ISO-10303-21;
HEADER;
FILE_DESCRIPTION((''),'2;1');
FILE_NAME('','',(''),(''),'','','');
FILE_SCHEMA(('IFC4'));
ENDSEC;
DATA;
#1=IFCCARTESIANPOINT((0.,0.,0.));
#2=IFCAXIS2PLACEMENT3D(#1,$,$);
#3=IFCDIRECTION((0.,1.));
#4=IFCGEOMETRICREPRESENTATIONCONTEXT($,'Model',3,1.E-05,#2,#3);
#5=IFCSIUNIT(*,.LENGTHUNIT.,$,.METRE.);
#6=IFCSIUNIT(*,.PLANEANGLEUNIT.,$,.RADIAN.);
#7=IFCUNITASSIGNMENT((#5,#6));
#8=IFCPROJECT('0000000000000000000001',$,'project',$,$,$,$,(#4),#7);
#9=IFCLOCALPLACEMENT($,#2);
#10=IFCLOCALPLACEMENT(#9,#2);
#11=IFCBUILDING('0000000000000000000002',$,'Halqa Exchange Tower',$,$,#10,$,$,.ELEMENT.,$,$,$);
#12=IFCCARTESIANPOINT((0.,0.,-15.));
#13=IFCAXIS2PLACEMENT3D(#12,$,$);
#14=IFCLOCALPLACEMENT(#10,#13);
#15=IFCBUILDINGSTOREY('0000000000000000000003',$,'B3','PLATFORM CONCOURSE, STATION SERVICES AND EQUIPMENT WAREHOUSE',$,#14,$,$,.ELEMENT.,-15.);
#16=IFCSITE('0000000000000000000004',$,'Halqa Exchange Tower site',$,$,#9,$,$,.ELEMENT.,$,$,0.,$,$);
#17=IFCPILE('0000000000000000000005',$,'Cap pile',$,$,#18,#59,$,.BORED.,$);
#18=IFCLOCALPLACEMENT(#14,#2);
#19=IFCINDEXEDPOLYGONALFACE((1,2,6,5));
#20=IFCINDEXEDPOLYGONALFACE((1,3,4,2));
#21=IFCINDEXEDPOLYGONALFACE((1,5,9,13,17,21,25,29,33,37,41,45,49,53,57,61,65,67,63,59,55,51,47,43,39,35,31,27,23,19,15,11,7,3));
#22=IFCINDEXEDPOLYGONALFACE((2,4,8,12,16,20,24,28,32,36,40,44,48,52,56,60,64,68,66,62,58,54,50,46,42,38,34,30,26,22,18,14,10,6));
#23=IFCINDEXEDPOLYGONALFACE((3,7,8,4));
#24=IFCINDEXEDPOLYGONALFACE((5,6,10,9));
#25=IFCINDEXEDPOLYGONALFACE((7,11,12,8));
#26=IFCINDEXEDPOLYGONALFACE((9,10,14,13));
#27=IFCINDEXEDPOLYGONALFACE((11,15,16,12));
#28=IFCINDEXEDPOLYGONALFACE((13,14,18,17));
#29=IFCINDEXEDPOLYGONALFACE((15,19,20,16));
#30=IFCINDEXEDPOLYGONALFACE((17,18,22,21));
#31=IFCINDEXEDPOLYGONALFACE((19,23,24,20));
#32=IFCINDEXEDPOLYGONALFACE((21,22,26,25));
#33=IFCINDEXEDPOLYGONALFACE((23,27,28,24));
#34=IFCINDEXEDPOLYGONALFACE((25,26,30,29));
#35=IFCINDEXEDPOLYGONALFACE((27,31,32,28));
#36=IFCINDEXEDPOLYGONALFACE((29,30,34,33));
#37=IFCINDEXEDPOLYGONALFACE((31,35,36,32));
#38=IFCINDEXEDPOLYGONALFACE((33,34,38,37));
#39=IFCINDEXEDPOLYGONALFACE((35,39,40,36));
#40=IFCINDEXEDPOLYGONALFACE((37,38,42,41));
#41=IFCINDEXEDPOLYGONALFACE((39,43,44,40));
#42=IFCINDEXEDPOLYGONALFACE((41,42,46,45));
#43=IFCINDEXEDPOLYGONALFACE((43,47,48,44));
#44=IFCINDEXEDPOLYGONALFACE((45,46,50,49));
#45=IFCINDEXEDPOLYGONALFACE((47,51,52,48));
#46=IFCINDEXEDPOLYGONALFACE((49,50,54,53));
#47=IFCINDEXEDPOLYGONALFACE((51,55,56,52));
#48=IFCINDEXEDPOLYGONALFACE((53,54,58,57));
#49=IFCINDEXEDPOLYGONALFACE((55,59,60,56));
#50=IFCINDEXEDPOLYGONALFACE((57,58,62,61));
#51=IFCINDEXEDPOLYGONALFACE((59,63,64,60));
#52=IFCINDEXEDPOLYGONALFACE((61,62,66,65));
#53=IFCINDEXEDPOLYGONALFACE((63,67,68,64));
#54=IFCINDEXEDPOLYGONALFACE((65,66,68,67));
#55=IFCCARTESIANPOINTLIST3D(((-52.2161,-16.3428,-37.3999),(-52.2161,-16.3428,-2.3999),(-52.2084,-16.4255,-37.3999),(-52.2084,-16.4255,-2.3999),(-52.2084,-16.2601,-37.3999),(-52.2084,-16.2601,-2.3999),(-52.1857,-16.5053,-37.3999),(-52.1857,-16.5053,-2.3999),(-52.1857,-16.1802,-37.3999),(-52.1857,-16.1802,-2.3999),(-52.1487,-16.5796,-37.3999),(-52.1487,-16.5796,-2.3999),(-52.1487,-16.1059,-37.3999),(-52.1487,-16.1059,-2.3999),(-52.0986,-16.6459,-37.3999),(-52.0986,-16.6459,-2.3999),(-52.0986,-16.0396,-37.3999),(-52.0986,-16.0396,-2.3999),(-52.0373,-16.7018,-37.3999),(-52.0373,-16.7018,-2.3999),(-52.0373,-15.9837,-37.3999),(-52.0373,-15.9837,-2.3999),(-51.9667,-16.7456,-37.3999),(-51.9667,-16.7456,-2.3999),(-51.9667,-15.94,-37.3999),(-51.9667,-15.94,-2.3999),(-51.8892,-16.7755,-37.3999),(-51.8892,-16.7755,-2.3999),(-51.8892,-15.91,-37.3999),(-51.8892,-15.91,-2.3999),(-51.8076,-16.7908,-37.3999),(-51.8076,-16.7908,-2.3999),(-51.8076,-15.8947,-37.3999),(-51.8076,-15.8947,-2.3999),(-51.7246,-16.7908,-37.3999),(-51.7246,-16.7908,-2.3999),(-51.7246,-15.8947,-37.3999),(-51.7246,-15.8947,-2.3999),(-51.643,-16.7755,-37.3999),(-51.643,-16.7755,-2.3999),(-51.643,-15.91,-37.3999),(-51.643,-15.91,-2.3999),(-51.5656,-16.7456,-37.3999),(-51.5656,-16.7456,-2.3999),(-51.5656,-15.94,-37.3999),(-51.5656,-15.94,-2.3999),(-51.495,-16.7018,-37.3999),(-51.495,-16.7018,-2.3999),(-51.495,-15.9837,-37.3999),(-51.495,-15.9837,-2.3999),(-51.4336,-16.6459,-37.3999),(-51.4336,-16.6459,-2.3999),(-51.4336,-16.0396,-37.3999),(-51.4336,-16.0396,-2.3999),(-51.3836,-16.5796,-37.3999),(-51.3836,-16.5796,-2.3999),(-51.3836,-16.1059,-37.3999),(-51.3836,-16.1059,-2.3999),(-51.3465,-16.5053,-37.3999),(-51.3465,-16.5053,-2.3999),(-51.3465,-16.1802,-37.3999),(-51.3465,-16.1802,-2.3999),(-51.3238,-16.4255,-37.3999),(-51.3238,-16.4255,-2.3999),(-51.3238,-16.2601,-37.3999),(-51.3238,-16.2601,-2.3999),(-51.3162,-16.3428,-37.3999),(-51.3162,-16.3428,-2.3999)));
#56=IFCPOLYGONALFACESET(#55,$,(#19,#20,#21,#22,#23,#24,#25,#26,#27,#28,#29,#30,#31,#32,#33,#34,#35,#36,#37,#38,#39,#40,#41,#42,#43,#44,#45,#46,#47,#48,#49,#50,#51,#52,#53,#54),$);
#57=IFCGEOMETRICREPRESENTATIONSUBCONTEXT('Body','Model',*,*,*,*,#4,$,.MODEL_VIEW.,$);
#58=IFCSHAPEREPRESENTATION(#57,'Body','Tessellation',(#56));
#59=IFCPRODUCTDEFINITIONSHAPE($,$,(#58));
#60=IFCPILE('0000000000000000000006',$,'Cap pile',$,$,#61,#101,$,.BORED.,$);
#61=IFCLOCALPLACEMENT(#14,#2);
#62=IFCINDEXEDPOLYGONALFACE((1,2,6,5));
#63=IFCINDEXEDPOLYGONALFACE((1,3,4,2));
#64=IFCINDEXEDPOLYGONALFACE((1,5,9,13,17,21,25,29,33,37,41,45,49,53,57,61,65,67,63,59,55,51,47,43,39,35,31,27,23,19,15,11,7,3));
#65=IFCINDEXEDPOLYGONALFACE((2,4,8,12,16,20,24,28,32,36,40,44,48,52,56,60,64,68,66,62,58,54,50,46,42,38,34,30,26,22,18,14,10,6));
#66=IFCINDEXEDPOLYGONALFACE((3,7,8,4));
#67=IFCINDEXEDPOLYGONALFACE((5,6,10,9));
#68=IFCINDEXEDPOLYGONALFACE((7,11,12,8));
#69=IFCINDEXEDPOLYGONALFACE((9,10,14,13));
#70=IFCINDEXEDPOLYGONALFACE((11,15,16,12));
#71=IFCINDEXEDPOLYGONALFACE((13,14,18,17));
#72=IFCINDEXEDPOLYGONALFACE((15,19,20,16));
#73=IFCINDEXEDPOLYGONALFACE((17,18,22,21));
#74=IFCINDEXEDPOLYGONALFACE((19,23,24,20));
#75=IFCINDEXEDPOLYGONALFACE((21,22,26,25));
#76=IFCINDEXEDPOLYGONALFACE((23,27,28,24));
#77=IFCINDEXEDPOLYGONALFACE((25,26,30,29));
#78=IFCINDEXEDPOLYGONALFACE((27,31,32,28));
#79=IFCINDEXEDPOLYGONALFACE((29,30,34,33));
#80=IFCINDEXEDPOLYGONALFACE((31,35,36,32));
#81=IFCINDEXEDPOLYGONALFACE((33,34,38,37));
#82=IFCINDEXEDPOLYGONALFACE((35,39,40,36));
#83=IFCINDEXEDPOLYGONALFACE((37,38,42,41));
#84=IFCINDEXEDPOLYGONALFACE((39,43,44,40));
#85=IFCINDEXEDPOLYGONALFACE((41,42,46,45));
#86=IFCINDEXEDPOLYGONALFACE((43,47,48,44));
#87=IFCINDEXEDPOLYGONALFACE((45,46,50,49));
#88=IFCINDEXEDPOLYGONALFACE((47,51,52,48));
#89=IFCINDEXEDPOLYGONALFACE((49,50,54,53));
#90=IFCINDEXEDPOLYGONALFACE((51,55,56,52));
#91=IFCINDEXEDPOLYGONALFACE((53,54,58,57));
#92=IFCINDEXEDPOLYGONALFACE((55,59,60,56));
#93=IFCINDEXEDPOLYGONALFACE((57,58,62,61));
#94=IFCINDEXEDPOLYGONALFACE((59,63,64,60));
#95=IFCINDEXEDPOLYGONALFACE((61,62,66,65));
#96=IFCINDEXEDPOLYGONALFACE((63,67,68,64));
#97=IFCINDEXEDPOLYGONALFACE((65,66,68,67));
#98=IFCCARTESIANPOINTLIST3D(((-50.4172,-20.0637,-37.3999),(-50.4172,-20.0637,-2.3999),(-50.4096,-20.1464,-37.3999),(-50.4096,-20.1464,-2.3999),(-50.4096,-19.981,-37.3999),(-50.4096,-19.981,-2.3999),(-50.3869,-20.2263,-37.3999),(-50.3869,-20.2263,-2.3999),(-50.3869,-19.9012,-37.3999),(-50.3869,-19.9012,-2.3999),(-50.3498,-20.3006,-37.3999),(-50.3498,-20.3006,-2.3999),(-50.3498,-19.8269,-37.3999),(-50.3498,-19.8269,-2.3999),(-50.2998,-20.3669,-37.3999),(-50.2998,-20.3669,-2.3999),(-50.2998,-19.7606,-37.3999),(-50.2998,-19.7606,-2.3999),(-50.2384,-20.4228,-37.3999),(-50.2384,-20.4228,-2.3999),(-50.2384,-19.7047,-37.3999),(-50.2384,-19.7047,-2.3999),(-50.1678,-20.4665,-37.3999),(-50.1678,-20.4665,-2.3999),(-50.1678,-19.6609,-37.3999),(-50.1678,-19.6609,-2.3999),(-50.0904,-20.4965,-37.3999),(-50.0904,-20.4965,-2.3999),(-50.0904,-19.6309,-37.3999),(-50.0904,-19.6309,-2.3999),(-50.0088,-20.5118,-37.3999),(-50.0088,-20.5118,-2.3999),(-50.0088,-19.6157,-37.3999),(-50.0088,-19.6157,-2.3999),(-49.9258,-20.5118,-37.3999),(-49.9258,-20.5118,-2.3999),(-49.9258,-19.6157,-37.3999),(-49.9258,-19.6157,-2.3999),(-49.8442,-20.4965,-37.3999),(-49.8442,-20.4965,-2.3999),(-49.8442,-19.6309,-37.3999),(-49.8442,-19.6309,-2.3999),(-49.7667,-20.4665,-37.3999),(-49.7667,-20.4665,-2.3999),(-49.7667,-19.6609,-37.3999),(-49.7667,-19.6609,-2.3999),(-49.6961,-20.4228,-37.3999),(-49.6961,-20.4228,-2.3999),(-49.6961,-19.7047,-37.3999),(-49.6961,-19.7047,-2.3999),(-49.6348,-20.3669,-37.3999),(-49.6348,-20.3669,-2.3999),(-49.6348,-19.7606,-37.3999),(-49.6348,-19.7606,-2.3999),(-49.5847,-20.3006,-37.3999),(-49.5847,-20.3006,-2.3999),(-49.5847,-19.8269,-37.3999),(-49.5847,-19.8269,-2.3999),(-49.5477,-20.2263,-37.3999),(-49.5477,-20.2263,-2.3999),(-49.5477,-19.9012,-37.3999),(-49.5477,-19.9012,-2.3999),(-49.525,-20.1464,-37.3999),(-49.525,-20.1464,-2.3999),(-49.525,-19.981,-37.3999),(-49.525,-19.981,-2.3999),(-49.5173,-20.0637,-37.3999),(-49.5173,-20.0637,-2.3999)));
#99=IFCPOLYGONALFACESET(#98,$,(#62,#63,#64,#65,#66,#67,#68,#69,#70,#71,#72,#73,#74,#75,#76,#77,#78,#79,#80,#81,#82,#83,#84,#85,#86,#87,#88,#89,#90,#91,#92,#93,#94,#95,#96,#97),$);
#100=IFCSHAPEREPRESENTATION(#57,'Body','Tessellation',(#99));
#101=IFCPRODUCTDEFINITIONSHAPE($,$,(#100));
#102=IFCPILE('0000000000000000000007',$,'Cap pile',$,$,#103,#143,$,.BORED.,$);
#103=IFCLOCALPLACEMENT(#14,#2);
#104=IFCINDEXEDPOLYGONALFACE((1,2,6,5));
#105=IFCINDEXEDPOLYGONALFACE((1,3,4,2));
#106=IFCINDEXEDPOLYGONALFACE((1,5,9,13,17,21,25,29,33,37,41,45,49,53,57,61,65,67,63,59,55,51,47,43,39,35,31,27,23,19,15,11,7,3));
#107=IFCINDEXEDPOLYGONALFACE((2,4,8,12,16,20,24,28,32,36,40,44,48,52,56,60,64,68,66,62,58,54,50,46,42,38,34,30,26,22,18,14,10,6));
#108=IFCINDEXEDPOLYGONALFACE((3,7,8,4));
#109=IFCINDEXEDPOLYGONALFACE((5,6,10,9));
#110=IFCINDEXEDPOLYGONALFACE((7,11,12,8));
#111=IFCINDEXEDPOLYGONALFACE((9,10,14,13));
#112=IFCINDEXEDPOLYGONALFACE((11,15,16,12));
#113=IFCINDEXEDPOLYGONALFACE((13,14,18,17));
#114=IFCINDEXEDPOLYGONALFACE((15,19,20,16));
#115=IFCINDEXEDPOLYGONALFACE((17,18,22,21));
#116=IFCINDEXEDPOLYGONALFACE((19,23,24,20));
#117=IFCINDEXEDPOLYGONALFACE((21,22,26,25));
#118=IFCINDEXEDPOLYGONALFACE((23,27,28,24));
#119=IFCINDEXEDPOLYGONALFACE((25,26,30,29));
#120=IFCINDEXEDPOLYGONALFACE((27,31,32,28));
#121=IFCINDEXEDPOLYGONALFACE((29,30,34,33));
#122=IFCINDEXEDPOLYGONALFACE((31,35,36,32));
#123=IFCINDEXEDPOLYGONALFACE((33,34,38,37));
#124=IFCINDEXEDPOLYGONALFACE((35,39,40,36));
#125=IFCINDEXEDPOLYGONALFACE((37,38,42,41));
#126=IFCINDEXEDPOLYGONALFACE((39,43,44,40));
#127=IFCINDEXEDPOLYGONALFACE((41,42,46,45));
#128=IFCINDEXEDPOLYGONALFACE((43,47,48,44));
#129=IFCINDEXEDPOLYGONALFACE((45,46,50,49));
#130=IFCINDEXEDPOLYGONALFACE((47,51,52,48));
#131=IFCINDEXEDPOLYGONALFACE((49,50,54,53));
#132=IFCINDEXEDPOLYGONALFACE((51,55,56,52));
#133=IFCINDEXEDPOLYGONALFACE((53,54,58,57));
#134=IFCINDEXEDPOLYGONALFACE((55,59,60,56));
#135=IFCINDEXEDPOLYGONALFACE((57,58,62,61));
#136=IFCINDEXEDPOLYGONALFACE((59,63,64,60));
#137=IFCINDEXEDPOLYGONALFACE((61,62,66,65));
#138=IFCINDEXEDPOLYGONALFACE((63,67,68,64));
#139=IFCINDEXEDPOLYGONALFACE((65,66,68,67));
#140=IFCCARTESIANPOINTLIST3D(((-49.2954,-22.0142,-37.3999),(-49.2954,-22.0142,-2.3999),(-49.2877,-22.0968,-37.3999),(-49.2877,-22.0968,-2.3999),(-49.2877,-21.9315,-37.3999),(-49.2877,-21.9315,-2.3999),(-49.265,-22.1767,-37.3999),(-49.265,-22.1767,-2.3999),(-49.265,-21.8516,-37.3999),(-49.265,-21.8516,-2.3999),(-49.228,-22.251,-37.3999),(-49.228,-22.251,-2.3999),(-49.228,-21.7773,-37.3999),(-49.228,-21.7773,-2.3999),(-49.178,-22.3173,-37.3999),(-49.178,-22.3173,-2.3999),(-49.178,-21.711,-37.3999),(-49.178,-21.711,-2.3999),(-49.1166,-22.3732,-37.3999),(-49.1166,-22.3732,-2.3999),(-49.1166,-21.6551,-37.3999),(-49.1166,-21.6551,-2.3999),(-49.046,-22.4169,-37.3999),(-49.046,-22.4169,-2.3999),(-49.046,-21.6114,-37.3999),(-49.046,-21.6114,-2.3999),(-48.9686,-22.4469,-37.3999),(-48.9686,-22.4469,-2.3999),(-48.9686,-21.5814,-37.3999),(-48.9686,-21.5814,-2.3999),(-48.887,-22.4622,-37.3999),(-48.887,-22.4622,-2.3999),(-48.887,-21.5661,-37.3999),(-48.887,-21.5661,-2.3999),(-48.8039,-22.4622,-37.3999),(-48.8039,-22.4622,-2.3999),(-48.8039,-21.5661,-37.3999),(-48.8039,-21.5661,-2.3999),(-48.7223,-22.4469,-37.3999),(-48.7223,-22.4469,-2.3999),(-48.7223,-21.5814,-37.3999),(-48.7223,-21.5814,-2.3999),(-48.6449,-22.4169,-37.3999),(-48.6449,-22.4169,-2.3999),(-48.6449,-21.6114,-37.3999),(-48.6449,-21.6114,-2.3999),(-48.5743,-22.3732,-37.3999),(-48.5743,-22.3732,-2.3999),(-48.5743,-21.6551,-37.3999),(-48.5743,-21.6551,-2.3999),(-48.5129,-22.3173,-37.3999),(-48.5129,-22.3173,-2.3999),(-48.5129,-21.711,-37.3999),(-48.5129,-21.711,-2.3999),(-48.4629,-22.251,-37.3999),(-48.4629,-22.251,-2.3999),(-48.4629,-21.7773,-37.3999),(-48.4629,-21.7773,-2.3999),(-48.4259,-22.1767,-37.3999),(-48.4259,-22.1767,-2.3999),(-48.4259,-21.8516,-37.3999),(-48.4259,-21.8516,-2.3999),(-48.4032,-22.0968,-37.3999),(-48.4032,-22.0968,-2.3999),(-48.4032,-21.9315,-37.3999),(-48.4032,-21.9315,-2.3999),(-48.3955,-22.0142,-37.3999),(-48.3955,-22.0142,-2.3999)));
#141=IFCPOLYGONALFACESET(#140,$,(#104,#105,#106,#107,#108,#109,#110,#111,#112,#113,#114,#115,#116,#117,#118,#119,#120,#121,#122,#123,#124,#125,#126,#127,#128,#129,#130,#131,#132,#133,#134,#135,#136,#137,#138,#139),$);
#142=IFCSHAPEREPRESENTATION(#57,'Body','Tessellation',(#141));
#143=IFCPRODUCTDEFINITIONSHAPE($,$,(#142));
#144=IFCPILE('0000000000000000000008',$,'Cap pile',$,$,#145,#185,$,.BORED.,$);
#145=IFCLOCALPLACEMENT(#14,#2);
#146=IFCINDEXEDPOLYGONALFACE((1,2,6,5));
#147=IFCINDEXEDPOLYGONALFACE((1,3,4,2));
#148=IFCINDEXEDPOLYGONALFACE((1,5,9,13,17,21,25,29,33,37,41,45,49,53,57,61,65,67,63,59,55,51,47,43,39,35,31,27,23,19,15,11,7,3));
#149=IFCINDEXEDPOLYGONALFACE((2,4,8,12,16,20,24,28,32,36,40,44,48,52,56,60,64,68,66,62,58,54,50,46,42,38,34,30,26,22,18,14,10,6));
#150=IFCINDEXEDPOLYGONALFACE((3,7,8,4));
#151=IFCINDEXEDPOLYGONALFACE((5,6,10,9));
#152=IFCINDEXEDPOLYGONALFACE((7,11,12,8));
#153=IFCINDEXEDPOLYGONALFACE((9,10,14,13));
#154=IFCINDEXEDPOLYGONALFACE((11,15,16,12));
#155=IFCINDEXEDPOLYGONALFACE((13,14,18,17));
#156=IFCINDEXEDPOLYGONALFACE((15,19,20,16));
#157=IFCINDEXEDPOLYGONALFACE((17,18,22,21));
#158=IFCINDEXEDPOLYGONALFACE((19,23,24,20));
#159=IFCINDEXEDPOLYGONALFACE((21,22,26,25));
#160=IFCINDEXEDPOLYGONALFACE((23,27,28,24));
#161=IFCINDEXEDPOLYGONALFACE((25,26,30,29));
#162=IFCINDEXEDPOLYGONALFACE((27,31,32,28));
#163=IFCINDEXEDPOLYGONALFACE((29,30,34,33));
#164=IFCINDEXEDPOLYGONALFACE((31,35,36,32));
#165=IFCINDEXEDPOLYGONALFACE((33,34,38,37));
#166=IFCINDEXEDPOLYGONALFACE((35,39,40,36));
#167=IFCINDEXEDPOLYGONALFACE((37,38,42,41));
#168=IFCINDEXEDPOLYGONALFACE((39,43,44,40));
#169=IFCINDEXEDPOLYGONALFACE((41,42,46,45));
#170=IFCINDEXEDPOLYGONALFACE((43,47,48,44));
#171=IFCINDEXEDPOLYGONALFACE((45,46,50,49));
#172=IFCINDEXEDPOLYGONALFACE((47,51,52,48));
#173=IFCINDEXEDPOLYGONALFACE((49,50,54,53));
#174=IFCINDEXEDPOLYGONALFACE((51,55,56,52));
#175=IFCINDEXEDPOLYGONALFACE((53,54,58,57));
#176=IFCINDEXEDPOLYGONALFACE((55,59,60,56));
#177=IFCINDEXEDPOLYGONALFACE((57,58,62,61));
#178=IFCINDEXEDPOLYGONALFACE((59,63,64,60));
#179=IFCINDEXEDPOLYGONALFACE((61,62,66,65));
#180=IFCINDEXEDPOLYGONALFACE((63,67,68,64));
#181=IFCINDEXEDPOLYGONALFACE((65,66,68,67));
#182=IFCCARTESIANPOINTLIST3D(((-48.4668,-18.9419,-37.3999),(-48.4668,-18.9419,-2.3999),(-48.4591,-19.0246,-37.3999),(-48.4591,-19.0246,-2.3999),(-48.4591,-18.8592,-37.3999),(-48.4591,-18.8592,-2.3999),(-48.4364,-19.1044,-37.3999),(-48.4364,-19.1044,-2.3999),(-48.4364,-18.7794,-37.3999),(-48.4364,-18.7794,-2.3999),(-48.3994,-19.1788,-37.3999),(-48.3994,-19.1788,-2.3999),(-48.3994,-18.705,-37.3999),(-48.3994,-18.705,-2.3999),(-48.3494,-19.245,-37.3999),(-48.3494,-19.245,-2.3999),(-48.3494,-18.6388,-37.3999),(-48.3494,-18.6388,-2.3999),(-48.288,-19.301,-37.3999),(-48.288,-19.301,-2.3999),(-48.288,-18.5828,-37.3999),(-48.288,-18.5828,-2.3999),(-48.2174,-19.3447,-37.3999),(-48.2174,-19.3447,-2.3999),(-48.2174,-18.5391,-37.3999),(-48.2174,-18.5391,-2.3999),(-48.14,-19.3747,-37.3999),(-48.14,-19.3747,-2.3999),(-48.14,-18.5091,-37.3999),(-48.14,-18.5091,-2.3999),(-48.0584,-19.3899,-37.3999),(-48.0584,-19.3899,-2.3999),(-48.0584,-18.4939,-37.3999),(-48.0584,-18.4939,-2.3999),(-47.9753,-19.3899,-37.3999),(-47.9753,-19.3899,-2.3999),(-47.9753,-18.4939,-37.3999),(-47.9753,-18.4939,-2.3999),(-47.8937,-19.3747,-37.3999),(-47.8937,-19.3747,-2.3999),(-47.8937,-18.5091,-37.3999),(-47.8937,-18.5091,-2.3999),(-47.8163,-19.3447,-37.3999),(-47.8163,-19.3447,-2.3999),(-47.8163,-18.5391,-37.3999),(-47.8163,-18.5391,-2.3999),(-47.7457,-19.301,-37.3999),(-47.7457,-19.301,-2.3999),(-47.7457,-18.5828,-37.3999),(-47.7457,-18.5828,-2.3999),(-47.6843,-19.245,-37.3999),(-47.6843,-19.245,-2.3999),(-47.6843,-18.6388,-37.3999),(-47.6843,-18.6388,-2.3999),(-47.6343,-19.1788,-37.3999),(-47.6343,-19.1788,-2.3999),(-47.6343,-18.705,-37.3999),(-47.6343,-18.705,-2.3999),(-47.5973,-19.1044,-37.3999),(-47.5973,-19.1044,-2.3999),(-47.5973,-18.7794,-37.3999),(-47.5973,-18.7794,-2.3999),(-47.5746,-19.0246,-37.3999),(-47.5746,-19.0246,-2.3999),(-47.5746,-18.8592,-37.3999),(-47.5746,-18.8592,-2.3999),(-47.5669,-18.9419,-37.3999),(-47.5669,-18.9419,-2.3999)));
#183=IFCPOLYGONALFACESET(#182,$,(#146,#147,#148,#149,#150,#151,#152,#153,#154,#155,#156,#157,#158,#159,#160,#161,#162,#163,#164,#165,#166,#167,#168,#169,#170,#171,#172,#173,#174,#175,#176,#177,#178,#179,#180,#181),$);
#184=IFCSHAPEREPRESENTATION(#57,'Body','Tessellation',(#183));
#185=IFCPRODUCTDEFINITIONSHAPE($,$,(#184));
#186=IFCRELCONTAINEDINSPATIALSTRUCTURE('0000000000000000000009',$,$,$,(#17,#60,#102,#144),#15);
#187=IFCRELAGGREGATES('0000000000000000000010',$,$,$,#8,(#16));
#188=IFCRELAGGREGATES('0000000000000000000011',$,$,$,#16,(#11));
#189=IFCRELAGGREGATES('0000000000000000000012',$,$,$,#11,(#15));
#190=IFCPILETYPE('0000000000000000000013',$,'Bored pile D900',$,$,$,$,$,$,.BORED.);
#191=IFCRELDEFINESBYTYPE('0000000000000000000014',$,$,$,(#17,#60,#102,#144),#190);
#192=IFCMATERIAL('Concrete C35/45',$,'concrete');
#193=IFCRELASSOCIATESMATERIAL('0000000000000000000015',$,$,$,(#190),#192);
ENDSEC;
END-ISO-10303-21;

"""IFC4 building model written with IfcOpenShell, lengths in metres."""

from ifc_helpers import new_model, si_unit, direction, frame, origin, origin_2d, place, context, subcontext, project, spatial, circle, extrude, material, material_profile, profile_set, type_object, element, save


model = new_model("IFC4")

# Units and contexts
model_context = context("Model", 3, precision=1e-05, world=origin(), true_north=direction((0.0, 1.0)))
body_context = subcontext(model_context, "Body", "Model", "MODEL_VIEW")
ifc_project = project(units=[si_unit("LENGTHUNIT", "METRE"), si_unit("PLANEANGLEUNIT", "RADIAN")], contexts=[model_context])

# Site, building, storey
site_placement = place(None, origin())
site = spatial("IfcSite", under=ifc_project, at=site_placement, Name="Halqa Exchange Tower site", CompositionType="ELEMENT", RefElevation=0.0)
building_placement = place(site_placement, origin())
building = spatial("IfcBuilding", under=site, at=building_placement, Name="Halqa Exchange Tower", CompositionType="ELEMENT")
storey_placement = place(building_placement, frame((0.0, 0.0, -15.0)))
storey = spatial("IfcBuildingStorey", under=building, at=storey_placement, Name="B3", Description="PLATFORM CONCOURSE, STATION SERVICES AND EQUIPMENT WAREHOUSE", CompositionType="ELEMENT", Elevation=-15.0)

# Piles
ifc_material_1 = material(Name="Concrete C35/45", Category="concrete")
ifc_material_profile_1 = material_profile(ifc_material_1, circle(Radius=0.45, at=origin_2d()), Name="D900")
ifc_profile_set_1 = profile_set([ifc_material_profile_1], Name="Concrete C35/45")
pile_type_1 = type_object("IfcPileType", Name="Bored pile D900", PredefinedType="BORED", material=ifc_profile_set_1)
for number, where, z_axis, x_axis, name in (
    (1, (-51.7661, -16.3428, -2.3999), (0.0, 0.0, -1.0), (1.0, 0.0, 0.0), "Cap pile"),
    (2, (-49.9673, -20.0637, -2.3999), (0.0, 0.0, -1.0), (1.0, 0.0, 0.0), "Cap pile"),
    (3, (-48.8455, -22.0142, -2.3999), (0.0, 0.0, -1.0), (1.0, 0.0, 0.0), "Cap pile"),
    (4, (-48.0168, -18.9419, -2.3999), (0.0, 0.0, -1.0), (1.0, 0.0, 0.0), "Cap pile"),
):
    element("IfcPile", number, at=place(storey_placement, frame(where, z_axis=z_axis, x_axis=x_axis)), inside=storey, type_object=pile_type_1, Name=name, PredefinedType="BORED", context=body_context, shape_type="SweptSolid", body=[
        extrude(circle(Radius=0.45, at=origin_2d()), origin(), (0.0, 0.0, 1.0), 35.0),
    ])

save(model, "model.ifc")
